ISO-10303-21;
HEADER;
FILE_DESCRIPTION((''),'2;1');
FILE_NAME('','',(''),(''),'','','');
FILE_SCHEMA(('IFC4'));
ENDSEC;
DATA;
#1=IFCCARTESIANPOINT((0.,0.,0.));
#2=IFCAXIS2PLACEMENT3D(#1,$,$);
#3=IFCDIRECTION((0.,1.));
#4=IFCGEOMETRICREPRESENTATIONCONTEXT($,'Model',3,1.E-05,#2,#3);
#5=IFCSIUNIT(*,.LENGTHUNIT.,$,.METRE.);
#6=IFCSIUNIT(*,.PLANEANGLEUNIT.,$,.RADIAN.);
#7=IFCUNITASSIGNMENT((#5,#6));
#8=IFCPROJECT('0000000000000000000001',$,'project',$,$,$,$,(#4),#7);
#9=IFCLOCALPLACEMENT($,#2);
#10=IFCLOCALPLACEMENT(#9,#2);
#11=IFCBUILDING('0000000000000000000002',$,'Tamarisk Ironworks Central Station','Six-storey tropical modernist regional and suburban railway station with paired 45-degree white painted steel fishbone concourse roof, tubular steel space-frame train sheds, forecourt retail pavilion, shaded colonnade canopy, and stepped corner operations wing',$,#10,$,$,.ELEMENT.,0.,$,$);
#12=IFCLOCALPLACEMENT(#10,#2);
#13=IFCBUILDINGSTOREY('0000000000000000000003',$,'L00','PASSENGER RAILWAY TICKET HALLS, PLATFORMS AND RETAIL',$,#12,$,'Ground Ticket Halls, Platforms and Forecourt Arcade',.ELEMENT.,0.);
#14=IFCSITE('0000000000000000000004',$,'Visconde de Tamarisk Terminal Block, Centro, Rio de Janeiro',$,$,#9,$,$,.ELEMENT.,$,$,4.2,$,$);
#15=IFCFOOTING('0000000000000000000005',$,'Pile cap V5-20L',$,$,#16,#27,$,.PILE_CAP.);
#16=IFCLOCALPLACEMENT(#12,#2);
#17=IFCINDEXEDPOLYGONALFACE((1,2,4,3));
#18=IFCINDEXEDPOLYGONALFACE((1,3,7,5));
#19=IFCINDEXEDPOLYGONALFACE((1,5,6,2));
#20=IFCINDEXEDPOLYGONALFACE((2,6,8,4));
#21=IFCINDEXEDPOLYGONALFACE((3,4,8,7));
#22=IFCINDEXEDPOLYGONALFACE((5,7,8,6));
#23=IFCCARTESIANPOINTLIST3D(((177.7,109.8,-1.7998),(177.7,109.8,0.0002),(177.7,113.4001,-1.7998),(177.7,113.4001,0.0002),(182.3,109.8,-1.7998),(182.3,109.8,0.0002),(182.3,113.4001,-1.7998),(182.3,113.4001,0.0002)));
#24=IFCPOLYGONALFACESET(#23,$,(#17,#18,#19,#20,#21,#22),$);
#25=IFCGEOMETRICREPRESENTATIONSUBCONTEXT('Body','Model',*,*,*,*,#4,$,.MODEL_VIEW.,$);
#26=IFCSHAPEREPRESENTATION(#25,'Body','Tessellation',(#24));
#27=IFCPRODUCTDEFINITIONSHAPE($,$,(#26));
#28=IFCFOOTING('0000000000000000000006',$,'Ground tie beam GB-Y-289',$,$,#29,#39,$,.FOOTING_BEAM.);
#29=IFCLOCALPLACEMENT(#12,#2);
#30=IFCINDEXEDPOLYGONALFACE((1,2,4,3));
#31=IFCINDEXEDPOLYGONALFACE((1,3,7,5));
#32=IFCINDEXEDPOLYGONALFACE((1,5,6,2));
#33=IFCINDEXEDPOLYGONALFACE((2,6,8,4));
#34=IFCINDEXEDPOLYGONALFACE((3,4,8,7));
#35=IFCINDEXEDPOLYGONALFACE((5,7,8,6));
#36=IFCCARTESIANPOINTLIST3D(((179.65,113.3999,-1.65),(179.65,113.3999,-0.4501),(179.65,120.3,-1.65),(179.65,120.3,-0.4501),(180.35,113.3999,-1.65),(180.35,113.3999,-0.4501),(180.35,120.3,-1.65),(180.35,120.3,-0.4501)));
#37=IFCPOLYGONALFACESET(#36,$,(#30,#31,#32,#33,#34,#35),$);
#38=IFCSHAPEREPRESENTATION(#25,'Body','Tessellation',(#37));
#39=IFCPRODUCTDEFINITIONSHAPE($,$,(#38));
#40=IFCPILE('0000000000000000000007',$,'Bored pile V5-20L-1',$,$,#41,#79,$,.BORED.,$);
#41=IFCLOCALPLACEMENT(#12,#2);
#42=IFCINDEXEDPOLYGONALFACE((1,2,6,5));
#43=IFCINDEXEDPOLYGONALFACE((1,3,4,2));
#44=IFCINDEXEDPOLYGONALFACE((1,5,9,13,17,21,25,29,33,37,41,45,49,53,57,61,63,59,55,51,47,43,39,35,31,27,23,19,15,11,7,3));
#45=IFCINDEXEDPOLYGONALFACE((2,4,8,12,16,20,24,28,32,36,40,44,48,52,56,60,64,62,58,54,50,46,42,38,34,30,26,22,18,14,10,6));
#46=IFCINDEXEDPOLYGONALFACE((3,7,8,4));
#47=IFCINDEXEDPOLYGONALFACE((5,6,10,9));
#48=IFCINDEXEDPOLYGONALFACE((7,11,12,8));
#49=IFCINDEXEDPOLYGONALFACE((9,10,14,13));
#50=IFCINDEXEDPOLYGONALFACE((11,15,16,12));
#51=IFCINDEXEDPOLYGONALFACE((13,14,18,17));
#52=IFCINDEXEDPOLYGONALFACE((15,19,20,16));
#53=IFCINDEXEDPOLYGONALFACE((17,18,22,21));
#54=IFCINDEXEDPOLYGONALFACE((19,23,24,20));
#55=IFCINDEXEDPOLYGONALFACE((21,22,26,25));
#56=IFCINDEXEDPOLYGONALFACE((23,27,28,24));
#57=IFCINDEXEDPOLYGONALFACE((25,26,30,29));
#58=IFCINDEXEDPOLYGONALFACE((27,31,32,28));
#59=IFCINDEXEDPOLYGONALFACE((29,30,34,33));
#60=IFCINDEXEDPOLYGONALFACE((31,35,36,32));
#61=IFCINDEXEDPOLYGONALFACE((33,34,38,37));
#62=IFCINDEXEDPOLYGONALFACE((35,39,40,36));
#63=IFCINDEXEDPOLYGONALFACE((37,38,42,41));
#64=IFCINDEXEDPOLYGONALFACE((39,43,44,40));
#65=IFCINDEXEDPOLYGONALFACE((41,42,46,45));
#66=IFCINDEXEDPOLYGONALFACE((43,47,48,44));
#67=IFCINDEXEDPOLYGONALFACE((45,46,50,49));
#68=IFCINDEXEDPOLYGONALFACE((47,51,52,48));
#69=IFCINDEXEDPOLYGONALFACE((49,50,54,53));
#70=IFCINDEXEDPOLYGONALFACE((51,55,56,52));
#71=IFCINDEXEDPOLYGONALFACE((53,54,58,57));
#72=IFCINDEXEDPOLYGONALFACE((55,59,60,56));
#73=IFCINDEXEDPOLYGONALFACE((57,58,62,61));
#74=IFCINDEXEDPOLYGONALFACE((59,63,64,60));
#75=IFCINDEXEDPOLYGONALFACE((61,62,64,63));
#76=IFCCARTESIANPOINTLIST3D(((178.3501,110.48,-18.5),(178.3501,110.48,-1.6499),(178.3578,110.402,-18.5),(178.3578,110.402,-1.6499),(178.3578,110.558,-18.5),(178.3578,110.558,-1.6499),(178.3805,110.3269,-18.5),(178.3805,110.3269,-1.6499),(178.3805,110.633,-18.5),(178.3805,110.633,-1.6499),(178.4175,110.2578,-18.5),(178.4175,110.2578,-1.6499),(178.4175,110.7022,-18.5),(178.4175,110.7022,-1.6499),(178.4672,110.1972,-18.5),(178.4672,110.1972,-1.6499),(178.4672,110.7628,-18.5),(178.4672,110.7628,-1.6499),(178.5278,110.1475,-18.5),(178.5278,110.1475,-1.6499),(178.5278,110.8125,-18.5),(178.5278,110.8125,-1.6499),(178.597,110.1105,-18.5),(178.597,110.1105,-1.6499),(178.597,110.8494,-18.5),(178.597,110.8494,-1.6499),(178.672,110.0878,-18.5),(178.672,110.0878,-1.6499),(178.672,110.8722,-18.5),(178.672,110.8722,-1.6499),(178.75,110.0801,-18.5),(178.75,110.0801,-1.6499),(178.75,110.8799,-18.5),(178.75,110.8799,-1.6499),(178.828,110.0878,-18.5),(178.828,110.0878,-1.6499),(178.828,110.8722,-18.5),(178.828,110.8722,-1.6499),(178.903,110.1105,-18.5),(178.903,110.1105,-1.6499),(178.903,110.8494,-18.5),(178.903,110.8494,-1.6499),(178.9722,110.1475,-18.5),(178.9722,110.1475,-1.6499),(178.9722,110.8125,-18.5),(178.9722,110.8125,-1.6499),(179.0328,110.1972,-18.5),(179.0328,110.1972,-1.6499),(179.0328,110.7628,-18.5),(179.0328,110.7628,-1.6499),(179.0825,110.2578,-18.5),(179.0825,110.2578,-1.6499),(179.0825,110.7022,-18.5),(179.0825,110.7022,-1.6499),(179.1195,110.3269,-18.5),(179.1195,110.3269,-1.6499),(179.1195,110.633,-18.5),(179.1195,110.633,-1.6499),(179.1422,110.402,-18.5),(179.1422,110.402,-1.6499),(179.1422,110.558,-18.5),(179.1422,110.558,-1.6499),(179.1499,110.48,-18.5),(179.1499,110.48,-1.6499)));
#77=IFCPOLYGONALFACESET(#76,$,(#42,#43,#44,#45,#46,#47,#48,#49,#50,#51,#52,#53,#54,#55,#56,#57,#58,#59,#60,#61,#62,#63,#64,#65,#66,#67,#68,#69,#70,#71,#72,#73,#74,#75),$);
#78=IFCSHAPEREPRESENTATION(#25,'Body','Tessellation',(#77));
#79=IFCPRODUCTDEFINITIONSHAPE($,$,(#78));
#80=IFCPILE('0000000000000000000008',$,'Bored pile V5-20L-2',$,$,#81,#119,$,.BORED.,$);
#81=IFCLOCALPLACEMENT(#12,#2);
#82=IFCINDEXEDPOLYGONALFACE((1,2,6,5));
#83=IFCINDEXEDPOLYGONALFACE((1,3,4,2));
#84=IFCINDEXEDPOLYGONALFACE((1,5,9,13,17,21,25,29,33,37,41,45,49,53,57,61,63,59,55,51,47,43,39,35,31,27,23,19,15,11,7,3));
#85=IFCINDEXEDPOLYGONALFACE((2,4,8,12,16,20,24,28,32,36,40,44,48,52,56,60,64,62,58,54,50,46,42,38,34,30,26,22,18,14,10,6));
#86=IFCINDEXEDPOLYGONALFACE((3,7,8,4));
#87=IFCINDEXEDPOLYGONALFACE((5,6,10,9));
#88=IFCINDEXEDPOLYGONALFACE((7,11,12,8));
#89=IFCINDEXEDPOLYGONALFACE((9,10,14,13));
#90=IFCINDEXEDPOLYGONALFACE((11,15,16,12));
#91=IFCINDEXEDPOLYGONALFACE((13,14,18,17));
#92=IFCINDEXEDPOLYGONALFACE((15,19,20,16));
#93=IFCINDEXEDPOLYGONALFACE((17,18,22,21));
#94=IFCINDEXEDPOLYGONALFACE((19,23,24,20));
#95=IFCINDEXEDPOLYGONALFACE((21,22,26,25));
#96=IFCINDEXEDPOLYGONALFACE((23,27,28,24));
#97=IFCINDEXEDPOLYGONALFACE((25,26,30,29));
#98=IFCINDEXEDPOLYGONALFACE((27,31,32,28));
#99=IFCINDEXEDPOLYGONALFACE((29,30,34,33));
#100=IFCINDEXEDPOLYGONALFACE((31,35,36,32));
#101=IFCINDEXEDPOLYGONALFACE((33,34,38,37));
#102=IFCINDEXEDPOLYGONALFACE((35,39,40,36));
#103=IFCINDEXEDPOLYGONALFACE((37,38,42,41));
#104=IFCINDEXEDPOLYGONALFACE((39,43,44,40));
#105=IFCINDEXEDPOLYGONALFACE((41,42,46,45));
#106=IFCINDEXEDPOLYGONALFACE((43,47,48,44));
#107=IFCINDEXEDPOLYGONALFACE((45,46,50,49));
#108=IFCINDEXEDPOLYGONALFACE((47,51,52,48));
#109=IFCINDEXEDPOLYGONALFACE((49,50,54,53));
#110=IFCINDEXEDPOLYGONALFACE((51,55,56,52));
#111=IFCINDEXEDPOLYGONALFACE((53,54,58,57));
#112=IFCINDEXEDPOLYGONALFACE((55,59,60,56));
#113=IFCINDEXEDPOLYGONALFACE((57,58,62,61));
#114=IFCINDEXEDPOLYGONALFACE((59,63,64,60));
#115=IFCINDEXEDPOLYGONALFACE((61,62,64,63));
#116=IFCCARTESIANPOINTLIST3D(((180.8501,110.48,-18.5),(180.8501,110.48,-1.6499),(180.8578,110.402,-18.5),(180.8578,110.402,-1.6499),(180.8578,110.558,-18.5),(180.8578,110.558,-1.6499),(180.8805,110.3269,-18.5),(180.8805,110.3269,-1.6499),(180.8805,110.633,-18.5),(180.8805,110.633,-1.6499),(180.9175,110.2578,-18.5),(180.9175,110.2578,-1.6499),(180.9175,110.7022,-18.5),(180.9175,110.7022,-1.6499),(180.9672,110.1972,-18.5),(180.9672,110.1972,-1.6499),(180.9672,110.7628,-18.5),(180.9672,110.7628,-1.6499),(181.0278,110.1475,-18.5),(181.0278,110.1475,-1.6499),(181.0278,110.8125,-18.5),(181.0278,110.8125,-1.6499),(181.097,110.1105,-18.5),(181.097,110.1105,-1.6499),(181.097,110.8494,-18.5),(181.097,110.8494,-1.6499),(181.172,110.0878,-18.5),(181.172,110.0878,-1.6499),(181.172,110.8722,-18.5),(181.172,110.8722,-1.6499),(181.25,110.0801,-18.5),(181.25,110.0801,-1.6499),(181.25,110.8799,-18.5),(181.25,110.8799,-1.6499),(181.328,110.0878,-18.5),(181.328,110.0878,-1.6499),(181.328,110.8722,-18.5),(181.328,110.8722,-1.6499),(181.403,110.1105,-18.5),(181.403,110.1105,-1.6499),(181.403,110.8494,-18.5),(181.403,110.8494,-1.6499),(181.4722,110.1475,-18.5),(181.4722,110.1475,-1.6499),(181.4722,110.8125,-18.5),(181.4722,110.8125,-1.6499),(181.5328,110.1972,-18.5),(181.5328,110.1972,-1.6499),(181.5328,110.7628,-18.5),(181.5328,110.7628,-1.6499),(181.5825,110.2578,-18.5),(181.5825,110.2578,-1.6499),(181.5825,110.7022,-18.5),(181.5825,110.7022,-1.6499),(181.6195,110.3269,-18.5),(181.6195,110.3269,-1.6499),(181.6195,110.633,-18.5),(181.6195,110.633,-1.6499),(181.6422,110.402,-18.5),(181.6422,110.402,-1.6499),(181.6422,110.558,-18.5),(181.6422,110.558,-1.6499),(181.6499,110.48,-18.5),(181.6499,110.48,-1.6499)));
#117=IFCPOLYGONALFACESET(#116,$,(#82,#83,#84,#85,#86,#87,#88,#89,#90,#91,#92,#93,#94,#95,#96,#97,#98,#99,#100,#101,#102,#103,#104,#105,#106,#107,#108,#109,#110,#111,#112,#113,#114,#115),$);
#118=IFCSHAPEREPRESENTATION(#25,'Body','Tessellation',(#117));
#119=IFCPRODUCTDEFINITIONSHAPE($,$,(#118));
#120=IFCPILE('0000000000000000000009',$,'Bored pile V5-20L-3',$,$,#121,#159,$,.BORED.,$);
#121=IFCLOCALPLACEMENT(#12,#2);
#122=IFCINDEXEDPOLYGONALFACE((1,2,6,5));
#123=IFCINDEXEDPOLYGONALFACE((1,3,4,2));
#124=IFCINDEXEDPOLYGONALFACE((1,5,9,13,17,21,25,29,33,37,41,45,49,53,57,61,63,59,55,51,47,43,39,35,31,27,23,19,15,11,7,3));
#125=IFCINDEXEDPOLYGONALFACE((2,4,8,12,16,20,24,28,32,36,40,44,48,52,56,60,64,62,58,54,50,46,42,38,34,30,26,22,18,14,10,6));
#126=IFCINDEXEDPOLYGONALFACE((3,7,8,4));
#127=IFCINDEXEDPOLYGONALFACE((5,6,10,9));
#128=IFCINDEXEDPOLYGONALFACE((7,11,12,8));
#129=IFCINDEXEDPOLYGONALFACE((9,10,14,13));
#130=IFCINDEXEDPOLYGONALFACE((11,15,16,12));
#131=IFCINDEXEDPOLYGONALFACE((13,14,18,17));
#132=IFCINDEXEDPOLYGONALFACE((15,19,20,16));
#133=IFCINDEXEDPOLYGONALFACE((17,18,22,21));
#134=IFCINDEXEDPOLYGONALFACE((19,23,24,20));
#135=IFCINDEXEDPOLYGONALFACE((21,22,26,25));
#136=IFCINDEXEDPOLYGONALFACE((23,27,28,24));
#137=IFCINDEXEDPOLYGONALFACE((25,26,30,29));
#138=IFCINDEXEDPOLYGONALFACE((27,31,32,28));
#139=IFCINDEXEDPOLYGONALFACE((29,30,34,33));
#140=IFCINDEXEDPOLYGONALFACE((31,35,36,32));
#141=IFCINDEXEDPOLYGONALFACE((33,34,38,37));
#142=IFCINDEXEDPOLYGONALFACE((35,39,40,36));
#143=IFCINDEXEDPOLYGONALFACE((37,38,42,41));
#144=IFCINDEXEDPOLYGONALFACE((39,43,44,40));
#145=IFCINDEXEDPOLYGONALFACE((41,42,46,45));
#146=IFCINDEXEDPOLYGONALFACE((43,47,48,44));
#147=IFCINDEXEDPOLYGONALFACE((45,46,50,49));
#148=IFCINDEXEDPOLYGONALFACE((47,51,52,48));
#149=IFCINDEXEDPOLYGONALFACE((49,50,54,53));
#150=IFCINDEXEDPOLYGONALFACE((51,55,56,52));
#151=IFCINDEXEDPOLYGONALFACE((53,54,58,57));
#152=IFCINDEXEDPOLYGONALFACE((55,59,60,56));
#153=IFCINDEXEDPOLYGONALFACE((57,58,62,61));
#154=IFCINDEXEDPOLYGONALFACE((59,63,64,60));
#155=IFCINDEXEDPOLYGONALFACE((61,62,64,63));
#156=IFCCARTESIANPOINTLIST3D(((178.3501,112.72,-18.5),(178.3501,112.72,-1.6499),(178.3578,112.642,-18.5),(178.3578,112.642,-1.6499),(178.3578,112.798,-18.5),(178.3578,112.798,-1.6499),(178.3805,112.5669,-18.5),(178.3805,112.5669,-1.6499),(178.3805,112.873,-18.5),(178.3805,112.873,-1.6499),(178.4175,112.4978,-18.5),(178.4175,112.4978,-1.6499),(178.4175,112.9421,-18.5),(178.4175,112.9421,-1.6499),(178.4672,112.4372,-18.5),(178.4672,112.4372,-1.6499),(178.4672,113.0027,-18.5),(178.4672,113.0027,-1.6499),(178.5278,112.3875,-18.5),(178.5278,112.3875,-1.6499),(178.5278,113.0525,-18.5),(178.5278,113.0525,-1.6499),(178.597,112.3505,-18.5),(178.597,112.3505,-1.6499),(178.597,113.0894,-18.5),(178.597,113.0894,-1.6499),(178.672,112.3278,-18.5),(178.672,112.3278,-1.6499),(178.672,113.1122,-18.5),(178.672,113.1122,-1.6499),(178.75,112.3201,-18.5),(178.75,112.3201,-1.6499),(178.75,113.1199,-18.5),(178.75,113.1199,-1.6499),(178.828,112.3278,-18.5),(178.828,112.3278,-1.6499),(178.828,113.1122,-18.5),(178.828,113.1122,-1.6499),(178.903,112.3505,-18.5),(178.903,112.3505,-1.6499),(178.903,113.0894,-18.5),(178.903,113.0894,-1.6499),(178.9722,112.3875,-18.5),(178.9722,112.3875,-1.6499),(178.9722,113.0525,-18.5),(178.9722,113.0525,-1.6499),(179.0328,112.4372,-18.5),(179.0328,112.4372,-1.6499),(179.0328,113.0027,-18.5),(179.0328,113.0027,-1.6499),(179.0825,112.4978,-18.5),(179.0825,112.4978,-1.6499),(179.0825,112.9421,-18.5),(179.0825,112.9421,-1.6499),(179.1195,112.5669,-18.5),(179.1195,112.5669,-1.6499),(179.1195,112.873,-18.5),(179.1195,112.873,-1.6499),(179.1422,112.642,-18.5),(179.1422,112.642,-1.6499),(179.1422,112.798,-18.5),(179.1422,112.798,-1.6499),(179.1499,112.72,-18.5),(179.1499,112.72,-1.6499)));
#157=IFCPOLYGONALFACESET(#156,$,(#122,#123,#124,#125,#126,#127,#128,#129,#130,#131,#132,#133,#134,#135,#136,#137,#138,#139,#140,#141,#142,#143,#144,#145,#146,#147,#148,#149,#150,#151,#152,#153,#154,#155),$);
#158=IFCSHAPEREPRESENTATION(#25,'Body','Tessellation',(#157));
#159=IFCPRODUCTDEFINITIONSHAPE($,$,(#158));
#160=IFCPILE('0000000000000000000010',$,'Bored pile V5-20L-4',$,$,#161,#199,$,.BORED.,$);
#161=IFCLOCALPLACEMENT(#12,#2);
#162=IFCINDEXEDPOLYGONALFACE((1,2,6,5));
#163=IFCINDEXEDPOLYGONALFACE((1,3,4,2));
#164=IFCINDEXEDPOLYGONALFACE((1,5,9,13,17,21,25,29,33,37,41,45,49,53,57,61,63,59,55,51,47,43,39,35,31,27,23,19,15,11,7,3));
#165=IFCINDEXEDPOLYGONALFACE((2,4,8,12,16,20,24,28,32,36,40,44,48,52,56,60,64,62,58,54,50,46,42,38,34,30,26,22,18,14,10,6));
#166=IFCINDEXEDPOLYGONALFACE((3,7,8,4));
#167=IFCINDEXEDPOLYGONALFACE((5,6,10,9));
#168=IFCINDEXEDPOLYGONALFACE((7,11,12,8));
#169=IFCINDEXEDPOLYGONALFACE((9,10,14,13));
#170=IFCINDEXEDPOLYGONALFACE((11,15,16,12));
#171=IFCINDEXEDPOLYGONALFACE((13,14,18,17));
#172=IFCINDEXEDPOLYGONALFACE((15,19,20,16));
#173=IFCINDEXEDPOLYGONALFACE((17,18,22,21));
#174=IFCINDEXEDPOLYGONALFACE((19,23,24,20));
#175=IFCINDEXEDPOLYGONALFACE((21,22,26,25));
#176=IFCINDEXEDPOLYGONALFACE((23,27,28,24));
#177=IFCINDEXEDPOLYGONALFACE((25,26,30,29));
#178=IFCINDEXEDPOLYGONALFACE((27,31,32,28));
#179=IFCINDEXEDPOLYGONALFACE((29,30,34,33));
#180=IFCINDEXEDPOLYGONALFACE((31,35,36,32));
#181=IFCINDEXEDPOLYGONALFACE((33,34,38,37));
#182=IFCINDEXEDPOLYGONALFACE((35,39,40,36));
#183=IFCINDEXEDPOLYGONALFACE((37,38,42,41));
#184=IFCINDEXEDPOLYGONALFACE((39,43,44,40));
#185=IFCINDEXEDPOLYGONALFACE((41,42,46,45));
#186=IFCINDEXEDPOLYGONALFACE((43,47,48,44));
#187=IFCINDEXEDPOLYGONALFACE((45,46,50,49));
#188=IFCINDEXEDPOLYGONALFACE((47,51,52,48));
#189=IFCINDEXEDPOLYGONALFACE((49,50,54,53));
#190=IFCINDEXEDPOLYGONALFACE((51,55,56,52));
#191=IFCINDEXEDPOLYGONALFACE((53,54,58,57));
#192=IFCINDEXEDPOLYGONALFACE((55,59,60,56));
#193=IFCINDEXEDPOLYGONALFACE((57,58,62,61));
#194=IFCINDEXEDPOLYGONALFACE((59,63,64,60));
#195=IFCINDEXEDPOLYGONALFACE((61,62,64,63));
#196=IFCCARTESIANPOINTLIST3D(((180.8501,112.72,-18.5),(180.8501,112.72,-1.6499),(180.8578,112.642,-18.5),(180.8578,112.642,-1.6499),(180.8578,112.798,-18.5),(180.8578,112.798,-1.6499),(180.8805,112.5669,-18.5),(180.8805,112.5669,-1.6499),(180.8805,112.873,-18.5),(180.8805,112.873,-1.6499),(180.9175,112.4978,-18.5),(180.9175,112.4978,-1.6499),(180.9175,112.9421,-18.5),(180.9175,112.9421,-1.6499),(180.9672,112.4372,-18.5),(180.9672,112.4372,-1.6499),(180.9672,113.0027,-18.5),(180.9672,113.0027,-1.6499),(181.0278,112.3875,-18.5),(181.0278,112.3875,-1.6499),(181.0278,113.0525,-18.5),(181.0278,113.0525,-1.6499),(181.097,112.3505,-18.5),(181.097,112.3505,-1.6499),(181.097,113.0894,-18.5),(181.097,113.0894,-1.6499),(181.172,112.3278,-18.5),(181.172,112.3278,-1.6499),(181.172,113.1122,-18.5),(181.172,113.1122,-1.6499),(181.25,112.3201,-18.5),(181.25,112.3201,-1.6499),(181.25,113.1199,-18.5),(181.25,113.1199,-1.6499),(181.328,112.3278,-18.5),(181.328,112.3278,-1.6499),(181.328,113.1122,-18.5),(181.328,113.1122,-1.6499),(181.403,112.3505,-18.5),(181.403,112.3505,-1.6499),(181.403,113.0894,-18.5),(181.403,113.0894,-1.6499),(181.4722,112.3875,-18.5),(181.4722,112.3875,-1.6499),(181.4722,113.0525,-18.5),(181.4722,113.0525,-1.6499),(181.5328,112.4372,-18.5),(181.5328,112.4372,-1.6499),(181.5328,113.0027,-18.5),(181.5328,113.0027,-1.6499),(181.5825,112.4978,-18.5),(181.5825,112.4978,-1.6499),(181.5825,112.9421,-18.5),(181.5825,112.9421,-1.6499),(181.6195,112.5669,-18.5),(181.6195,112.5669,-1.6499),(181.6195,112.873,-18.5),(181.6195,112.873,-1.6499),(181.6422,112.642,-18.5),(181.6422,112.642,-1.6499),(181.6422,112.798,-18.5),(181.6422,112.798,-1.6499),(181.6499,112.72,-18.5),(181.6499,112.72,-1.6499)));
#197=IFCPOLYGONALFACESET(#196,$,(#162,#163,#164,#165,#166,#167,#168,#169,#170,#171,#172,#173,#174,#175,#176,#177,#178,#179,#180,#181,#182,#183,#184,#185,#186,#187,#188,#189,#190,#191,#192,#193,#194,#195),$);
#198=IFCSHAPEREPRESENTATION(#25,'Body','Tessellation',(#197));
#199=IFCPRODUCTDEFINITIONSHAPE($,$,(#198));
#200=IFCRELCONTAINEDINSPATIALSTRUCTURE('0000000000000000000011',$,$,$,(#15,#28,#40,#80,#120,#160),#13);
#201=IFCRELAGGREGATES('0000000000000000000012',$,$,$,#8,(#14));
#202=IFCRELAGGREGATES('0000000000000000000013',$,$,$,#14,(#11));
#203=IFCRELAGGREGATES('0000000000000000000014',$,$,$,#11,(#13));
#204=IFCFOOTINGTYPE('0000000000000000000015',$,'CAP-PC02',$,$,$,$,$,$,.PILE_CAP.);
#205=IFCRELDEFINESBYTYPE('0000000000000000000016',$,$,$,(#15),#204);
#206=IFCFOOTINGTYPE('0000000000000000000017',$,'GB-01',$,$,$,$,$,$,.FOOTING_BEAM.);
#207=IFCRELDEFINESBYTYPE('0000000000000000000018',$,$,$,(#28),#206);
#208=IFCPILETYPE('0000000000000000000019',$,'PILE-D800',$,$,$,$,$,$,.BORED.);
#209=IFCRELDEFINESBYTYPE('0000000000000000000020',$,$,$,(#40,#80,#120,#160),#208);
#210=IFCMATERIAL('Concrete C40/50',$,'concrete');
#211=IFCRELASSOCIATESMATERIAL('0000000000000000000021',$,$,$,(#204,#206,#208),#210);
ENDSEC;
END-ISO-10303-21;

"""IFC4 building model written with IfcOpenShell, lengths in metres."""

from ifc_helpers import new_model, si_unit, direction, frame, origin, origin_2d, place, context, subcontext, project, spatial, rectangle, circle, extrude, material, material_profile, profile_set, type_object, element, save


model = new_model("IFC4")

# Units and contexts
model_context = context("Model", 3, precision=1e-05, world=origin(), true_north=direction((0.0, 1.0)))
body_context = subcontext(model_context, "Body", "Model", "MODEL_VIEW")
ifc_project = project(units=[si_unit("LENGTHUNIT", "METRE"), si_unit("PLANEANGLEUNIT", "RADIAN")], contexts=[model_context])

# Site, building, storey
site_placement = place(None, origin())
site = spatial("IfcSite", under=ifc_project, at=site_placement, Name="Visconde de Tamarisk Terminal Block, Centro, Rio de Janeiro", CompositionType="ELEMENT", RefElevation=4.2)
building_placement = place(site_placement, origin())
building = spatial("IfcBuilding", under=site, at=building_placement, Name="Tamarisk Ironworks Central Station", Description="Six-storey tropical modernist regional and suburban railway station with paired 45-degree white painted steel fishbone concourse roof, tubular steel space-frame train sheds, forecourt retail pavilion, shaded colonnade canopy, and stepped corner operations wing", CompositionType="ELEMENT", ElevationOfRefHeight=0.0)
storey_placement = place(building_placement, origin())
storey = spatial("IfcBuildingStorey", under=building, at=storey_placement, Name="L00", Description="PASSENGER RAILWAY TICKET HALLS, PLATFORMS AND RETAIL", LongName="Ground Ticket Halls, Platforms and Forecourt Arcade", CompositionType="ELEMENT", Elevation=0.0)

# Footings
ifc_material_1 = material(Name="Concrete C40/50", Category="concrete")
footing_type_1 = type_object("IfcFootingType", Name="CAP-PC02", PredefinedType="PILE_CAP", material=ifc_material_1)
footing_1_placement = place(storey_placement, frame((180.0, 111.6001, -1.7998), z_axis=(0.0, 0.0, 1.0), x_axis=(1.0, 0.0, 0.0)))
element("IfcFooting", 1, at=footing_1_placement, inside=storey, type_object=footing_type_1, Name="Pile cap V5-20L", PredefinedType="PILE_CAP", context=body_context, shape_type="SweptSolid", body=[
    extrude(rectangle(XDim=4.6001, YDim=3.6001, at=origin_2d()), origin(), (0.0, 0.0, 1.0), 1.8),
])
ifc_material_profile_1 = material_profile(ifc_material_1, rectangle(XDim=0.7, YDim=1.2, at=origin_2d()), Name="GB01 700x1200")
ifc_profile_set_1 = profile_set([ifc_material_profile_1], Name="Concrete C40/50")
footing_type_2 = type_object("IfcFootingType", Name="GB-01", PredefinedType="FOOTING_BEAM", material=ifc_profile_set_1)
footing_2_placement = place(storey_placement, frame((180.0, 113.3999, -1.05), z_axis=(0.0, 1.0, 0.0), x_axis=(-1.0, 0.0, 0.0)))
element("IfcFooting", 2, at=footing_2_placement, inside=storey, type_object=footing_type_2, Name="Ground tie beam GB-Y-289", PredefinedType="FOOTING_BEAM", context=body_context, shape_type="SweptSolid", body=[
    extrude(rectangle(XDim=0.7, YDim=1.2, at=origin_2d()), origin(), (0.0, 0.0, 1.0), 6.9001),
])

# Piles
ifc_material_profile_2 = material_profile(ifc_material_1, circle(Radius=0.3999, at=origin_2d()), Name="BORED PILE D800")
ifc_profile_set_2 = profile_set([ifc_material_profile_2], Name="Concrete C40/50")
pile_type = type_object("IfcPileType", Name="PILE-D800", PredefinedType="BORED", material=ifc_profile_set_2)
for number, where, z_axis, x_axis, name in (
    (3, (178.75, 110.48, -1.6499), (0.0, 0.0, -1.0), (1.0, 0.0, 0.0), "Bored pile V5-20L-1"),
    (4, (181.25, 110.48, -1.6499), (0.0, 0.0, -1.0), (1.0, 0.0, 0.0), "Bored pile V5-20L-2"),
    (5, (178.75, 112.72, -1.6499), (0.0, 0.0, -1.0), (1.0, 0.0, 0.0), "Bored pile V5-20L-3"),
    (6, (181.25, 112.72, -1.6499), (0.0, 0.0, -1.0), (1.0, 0.0, 0.0), "Bored pile V5-20L-4"),
):
    element("IfcPile", number, at=place(storey_placement, frame(where, z_axis=z_axis, x_axis=x_axis)), inside=storey, type_object=pile_type, Name=name, PredefinedType="BORED", context=body_context, shape_type="SweptSolid", body=[
        extrude(circle(Radius=0.3999, at=origin_2d()), origin(), (0.0, 0.0, 1.0), 16.8501),
    ])

save(model, "model.ifc")
